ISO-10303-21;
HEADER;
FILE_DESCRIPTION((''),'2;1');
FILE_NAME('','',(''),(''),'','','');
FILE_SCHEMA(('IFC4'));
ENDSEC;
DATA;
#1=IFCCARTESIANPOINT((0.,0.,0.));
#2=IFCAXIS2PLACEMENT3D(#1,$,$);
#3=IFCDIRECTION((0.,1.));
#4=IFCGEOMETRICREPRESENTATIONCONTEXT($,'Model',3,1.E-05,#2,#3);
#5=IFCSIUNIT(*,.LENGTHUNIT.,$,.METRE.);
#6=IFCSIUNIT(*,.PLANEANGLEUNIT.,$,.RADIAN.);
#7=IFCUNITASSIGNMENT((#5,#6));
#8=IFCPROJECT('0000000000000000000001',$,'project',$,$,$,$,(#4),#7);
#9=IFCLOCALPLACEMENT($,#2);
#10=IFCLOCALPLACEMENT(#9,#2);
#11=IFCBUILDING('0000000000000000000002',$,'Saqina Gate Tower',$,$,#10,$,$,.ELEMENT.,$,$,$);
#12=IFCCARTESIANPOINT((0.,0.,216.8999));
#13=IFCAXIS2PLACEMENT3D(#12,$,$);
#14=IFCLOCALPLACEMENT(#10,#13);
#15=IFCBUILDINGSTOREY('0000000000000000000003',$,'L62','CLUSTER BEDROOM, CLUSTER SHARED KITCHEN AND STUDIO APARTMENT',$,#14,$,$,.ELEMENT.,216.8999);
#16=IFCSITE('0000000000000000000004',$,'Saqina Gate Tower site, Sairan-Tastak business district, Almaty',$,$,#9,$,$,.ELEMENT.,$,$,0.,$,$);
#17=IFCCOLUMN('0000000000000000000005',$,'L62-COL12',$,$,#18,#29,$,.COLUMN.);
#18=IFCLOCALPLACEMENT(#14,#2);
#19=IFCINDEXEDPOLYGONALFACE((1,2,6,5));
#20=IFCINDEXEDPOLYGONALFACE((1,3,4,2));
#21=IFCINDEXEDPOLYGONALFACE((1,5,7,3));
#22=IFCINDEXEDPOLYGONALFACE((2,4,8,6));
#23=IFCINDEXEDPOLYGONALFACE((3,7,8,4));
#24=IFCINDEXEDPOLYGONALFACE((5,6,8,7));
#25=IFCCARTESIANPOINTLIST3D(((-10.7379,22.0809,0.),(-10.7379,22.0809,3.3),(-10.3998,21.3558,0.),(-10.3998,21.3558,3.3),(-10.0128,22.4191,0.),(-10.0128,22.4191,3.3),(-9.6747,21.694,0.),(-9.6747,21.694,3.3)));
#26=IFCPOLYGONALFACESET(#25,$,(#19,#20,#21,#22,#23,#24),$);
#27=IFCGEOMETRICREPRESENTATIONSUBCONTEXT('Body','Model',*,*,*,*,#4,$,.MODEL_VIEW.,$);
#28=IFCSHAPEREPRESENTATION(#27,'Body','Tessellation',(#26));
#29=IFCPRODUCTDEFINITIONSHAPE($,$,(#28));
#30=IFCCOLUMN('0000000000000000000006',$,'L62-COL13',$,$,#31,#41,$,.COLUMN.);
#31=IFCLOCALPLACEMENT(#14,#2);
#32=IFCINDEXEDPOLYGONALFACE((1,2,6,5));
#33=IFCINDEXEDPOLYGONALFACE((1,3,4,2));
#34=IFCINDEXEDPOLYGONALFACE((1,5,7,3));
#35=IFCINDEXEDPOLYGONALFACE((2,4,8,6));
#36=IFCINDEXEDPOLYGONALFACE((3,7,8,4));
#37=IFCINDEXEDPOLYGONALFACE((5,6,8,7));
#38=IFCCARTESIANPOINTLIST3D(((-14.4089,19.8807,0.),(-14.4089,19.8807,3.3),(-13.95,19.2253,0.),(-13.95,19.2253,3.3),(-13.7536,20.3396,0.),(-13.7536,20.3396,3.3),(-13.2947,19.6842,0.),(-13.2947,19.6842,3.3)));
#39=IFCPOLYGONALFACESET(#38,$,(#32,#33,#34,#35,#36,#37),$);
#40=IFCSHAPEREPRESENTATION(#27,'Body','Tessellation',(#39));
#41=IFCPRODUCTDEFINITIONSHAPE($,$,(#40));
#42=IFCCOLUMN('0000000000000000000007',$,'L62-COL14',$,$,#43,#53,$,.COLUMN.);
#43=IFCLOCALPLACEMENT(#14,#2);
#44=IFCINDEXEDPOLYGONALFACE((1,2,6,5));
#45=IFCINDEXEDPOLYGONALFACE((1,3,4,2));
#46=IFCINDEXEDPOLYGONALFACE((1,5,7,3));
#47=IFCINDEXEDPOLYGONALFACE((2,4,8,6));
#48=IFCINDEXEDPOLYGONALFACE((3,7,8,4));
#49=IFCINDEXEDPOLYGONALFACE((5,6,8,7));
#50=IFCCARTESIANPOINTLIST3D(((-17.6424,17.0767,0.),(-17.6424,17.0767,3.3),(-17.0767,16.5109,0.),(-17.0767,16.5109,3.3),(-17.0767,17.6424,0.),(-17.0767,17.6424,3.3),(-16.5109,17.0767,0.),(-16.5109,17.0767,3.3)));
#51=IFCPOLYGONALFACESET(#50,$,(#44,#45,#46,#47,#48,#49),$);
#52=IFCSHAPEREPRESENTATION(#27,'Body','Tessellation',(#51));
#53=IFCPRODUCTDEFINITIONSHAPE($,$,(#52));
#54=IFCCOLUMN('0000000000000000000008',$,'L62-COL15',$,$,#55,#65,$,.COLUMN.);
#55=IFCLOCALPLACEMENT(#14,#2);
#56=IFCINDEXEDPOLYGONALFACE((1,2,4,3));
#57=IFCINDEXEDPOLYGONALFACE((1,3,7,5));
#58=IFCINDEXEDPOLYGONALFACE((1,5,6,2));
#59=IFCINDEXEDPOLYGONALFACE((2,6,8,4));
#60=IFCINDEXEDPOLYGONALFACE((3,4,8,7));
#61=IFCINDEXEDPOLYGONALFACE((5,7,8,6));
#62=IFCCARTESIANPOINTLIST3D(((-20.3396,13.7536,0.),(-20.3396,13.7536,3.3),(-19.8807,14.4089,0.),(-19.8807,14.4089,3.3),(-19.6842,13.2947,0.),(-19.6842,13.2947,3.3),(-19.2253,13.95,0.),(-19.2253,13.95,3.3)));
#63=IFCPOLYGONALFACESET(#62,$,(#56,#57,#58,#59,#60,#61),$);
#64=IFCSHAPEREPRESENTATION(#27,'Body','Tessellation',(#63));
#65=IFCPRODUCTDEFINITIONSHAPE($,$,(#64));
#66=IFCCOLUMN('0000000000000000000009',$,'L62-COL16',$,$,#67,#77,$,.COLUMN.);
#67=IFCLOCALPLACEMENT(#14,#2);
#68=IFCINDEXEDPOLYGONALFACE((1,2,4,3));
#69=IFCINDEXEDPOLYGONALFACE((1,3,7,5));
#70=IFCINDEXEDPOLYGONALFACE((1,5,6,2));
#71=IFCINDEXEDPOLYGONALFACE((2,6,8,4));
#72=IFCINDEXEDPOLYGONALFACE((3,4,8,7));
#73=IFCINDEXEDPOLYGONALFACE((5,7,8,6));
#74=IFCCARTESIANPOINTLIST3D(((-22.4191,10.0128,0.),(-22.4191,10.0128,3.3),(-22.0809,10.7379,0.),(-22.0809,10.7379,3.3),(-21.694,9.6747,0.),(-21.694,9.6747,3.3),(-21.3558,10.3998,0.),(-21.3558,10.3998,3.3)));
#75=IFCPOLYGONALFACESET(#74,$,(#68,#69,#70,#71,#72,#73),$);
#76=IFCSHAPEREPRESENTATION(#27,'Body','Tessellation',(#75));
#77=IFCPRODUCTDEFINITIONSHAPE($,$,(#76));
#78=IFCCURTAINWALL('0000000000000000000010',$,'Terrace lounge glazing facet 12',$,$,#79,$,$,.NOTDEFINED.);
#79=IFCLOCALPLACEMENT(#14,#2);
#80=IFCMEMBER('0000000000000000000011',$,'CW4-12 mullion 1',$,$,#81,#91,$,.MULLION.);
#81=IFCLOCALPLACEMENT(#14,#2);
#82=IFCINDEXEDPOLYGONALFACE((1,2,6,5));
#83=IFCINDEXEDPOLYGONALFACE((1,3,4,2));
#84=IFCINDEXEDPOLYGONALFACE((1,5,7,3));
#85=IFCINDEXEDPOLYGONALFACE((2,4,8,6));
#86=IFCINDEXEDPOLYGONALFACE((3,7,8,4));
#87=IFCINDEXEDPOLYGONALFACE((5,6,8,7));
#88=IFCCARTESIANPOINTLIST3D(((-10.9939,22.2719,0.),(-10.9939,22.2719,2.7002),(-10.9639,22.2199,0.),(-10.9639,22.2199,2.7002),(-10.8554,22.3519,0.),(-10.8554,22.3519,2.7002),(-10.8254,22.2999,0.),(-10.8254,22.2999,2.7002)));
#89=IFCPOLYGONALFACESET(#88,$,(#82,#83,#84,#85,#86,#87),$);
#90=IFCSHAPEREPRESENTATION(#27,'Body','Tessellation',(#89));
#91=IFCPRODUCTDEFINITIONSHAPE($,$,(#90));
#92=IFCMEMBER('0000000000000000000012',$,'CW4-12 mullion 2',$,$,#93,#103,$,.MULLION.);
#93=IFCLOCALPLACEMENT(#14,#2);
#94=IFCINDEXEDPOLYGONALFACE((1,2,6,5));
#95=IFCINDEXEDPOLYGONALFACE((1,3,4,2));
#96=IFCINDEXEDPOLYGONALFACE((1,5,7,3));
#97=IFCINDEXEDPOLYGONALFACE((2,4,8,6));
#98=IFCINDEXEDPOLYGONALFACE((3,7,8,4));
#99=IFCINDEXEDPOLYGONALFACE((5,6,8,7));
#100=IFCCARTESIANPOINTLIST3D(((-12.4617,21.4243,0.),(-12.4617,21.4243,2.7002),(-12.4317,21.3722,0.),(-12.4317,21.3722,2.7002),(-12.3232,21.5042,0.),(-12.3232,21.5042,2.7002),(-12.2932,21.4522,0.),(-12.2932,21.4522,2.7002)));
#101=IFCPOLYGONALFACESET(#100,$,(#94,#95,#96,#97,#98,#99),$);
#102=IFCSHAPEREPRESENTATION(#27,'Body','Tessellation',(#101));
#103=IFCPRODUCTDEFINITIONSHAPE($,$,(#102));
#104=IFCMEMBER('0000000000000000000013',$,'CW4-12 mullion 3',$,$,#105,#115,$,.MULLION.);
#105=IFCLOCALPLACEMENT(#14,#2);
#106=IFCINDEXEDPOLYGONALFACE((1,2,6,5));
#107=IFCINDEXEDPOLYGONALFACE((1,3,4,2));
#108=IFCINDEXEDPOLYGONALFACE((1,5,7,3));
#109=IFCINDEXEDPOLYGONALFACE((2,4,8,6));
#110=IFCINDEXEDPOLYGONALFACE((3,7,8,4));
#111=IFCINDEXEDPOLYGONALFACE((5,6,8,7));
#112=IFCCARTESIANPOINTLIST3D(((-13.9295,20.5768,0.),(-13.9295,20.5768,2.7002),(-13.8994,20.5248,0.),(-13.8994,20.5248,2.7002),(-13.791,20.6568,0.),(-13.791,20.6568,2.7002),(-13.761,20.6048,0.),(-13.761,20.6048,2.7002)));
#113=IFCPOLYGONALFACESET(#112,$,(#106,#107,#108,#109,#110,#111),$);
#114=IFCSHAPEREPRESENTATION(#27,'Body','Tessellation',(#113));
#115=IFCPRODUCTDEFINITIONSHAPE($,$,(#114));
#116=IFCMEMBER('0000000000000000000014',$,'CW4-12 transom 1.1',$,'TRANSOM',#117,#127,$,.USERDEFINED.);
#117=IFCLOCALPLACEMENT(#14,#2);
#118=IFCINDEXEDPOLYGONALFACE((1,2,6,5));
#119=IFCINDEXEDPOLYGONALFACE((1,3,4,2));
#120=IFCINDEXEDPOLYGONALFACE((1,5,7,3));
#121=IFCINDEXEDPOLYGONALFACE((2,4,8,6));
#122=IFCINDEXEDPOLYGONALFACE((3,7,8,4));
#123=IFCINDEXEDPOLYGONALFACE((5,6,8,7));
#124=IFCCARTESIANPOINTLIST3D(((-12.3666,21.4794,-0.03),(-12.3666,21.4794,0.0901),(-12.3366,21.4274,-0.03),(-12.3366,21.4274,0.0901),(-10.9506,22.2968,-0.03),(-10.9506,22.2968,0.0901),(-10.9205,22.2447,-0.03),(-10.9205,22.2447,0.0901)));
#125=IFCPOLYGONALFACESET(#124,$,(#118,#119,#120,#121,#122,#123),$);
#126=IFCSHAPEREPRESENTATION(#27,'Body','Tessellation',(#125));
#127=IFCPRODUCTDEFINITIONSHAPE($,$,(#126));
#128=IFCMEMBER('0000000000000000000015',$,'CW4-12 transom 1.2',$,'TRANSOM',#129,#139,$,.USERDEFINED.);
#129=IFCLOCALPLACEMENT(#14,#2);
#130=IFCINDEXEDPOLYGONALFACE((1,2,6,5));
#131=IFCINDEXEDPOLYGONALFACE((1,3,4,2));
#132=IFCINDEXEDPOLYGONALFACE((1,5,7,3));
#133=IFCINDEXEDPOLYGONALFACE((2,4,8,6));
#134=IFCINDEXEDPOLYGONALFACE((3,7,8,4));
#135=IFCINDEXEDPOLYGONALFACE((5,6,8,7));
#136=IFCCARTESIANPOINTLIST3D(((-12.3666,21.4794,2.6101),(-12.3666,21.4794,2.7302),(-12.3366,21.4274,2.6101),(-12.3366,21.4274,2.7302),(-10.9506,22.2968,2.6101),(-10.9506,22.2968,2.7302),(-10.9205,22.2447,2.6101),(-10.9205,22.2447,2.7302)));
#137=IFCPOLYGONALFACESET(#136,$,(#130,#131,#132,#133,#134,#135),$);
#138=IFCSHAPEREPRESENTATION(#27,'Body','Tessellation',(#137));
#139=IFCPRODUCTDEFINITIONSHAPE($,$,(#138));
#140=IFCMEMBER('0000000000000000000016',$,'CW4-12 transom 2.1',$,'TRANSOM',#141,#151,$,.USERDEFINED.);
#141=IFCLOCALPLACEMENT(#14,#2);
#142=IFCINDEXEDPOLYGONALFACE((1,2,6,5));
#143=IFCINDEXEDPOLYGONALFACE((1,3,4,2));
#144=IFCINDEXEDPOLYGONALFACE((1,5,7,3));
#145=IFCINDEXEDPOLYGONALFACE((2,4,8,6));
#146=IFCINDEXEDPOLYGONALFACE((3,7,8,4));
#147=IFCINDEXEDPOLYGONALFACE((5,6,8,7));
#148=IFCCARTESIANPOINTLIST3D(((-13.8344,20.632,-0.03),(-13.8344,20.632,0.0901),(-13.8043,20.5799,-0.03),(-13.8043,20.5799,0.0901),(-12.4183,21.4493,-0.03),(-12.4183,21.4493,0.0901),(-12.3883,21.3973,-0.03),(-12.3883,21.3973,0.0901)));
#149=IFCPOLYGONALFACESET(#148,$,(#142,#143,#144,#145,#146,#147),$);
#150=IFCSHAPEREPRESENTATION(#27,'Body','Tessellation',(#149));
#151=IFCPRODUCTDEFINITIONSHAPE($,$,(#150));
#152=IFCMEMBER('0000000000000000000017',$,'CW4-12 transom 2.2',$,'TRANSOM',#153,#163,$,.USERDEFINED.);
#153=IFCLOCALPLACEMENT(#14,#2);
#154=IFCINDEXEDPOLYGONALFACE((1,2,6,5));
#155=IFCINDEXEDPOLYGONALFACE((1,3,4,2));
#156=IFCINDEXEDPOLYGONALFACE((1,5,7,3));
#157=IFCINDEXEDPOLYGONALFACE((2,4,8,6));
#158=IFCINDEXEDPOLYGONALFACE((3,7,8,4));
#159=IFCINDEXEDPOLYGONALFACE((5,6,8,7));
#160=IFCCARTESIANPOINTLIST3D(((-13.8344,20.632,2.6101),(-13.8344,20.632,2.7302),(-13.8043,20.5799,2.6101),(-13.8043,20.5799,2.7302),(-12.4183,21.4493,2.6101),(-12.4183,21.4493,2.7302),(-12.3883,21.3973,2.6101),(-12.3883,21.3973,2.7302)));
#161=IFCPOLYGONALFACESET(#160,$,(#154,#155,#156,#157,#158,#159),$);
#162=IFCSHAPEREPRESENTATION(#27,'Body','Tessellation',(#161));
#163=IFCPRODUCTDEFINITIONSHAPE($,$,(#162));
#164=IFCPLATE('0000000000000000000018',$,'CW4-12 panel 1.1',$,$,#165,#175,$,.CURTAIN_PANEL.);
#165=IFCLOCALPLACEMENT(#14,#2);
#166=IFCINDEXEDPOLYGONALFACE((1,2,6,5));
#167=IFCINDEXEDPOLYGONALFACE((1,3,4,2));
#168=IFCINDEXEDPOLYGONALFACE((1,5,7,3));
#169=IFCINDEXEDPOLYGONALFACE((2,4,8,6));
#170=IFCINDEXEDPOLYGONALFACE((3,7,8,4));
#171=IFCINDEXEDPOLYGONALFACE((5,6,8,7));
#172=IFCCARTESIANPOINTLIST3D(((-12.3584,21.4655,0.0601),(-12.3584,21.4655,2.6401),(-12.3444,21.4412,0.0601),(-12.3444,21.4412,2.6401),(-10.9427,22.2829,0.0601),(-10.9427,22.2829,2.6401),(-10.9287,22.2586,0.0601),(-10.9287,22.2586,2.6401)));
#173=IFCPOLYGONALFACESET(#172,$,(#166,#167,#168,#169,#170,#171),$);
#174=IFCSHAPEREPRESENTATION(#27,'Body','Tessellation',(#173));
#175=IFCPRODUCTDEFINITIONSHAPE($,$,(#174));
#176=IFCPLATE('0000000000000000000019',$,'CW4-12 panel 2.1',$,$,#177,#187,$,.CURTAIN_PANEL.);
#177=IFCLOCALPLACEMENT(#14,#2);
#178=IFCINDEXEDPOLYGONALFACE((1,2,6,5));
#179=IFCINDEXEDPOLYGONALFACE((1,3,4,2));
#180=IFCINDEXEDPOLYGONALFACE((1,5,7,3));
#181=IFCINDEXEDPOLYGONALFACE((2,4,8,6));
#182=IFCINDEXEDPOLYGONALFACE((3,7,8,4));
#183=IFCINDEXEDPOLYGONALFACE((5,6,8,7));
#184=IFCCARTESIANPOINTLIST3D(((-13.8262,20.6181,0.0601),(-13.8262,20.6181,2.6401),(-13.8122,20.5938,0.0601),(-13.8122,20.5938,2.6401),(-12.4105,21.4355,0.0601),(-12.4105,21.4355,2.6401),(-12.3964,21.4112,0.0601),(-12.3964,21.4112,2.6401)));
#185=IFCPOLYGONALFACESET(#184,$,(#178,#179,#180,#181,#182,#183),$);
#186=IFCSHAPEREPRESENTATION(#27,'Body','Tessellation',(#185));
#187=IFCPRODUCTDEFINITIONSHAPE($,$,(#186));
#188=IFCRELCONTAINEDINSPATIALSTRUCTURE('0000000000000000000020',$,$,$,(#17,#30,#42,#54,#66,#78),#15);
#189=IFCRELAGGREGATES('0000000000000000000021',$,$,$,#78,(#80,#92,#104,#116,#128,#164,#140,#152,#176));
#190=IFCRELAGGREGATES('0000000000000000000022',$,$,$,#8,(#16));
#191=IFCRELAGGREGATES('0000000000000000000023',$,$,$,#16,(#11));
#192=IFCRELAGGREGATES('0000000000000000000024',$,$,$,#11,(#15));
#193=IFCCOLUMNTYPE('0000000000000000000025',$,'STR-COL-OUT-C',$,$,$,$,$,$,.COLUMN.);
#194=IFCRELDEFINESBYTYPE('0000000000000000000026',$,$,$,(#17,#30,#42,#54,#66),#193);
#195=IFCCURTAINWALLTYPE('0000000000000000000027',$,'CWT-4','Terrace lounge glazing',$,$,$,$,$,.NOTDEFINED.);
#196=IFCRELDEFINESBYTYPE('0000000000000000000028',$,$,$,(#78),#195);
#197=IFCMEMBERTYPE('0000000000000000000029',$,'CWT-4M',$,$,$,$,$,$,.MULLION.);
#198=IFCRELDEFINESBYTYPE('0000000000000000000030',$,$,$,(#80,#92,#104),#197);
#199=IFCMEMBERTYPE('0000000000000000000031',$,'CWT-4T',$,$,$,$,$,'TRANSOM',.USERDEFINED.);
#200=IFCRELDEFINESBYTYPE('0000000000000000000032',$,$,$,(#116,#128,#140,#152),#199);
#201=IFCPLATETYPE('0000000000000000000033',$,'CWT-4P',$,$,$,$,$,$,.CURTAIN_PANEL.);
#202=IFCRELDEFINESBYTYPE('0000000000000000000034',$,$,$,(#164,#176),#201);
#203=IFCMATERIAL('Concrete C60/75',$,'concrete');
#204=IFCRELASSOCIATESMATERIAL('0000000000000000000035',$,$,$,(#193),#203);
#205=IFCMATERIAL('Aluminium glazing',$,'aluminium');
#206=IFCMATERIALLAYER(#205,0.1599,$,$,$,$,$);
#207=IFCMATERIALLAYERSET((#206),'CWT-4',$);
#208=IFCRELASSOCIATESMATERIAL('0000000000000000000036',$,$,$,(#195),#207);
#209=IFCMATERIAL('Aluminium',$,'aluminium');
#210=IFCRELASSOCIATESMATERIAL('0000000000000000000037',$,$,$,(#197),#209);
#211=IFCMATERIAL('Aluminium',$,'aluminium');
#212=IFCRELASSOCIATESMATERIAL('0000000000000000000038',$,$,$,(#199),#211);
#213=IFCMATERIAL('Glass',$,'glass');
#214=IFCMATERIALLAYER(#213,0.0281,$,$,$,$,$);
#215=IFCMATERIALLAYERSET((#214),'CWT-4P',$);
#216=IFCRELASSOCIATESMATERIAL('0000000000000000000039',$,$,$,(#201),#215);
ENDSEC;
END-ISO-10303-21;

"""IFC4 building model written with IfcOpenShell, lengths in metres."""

from ifc_helpers import new_model, si_unit, direction, frame, origin, origin_2d, place, context, subcontext, project, spatial, rectangle, extrude, material, layer, layer_set, material_profile, profile_set, type_object, element, aggregate, save


model = new_model("IFC4")

# Units and contexts
model_context = context("Model", 3, precision=1e-05, world=origin(), true_north=direction((0.0, 1.0)))
body_context = subcontext(model_context, "Body", "Model", "MODEL_VIEW")
ifc_project = project(units=[si_unit("LENGTHUNIT", "METRE"), si_unit("PLANEANGLEUNIT", "RADIAN")], contexts=[model_context])

# Site, building, storey
site_placement = place(None, origin())
site = spatial("IfcSite", under=ifc_project, at=site_placement, Name="Saqina Gate Tower site, Sairan-Tastak business district, Almaty", CompositionType="ELEMENT", RefElevation=0.0)
building_placement = place(site_placement, origin())
building = spatial("IfcBuilding", under=site, at=building_placement, Name="Saqina Gate Tower", CompositionType="ELEMENT")
storey_placement = place(building_placement, frame((0.0, 0.0, 216.8999)))
storey = spatial("IfcBuildingStorey", under=building, at=storey_placement, Name="L62", Description="CLUSTER BEDROOM, CLUSTER SHARED KITCHEN AND STUDIO APARTMENT", CompositionType="ELEMENT", Elevation=216.8999)

# Columns
ifc_material_1 = material(Name="Concrete C60/75", Category="concrete")
ifc_material_profile_1 = material_profile(ifc_material_1, rectangle(XDim=0.8, YDim=0.8, at=origin_2d()), Name="RC 800x800")
ifc_profile_set_1 = profile_set([ifc_material_profile_1], Name="Concrete C60/75")
column_type = type_object("IfcColumnType", Name="STR-COL-OUT-C", PredefinedType="COLUMN", material=ifc_profile_set_1)
for number, where, z_axis, x_axis, name in (
    (1, (-10.2063, 21.8875, 0.0), (0.0, 0.0, 1.0), (-0.422618, 0.906308, 0.0), "L62-COL12"),
    (2, (-13.8518, 19.7825, 0.0), (0.0, 0.0, 1.0), (-0.573576, 0.819152, 0.0), "L62-COL13"),
    (3, (-17.0767, 17.0767, 0.0), (0.0, 0.0, 1.0), (-0.707107, 0.707107, 0.0), "L62-COL14"),
    (4, (-19.7825, 13.8518, 0.0), (0.0, 0.0, 1.0), (-0.819152, 0.573576, 0.0), "L62-COL15"),
    (5, (-21.8875, 10.2063, 0.0), (0.0, 0.0, 1.0), (-0.906308, 0.422618, 0.0), "L62-COL16"),
):
    element("IfcColumn", number, at=place(storey_placement, frame(where, z_axis=z_axis, x_axis=x_axis)), inside=storey, type_object=column_type, Name=name, PredefinedType="COLUMN", context=body_context, shape_type="SweptSolid", body=[
        extrude(rectangle(XDim=0.8, YDim=0.8, at=origin_2d()), origin(), (0.0, 0.0, 1.0), 3.3),
    ])

# Curtain wall, members, plates
ifc_material_2 = material(Name="Aluminium glazing", Category="aluminium")
ifc_layer_1 = layer(ifc_material_2, 0.1599)
ifc_layer_set_1 = layer_set([ifc_layer_1], Name="CWT-4")
curtain_wall_type = type_object("IfcCurtainWallType", Name="CWT-4", Description="Terrace lounge glazing", PredefinedType="NOTDEFINED", material=ifc_layer_set_1)
curtain_wall_placement = place(storey_placement, origin())
curtain_wall = element("IfcCurtainWall", 6, at=curtain_wall_placement, inside=storey, type_object=curtain_wall_type, Name="Terrace lounge glazing facet 12", PredefinedType="NOTDEFINED")
ifc_material_3 = material(Name="Aluminium", Category="aluminium")
ifc_material_profile_2 = material_profile(ifc_material_3, rectangle(XDim=0.0601, YDim=0.1599, at=origin_2d()), Name="Aluminium 60x160")
ifc_profile_set_2 = profile_set([ifc_material_profile_2], Name="Aluminium")
member_type_1 = type_object("IfcMemberType", Name="CWT-4M", PredefinedType="MULLION", material=ifc_profile_set_2)
member_1_placement = place(storey_placement, frame((-10.9097, 22.2859, 0.0), z_axis=(0.0, 0.0, 1.0), x_axis=(0.500014, -0.866017, 0.0)))
member_1 = element("IfcMember", 7, at=member_1_placement, type_object=member_type_1, Name="CW4-12 mullion 1", PredefinedType="MULLION", context=body_context, shape_type="SweptSolid", body=[
    extrude(rectangle(XDim=0.0601, YDim=0.1599, at=origin_2d()), origin(), (0.0, 0.0, 1.0), 2.7002),
])
member_2_placement = place(storey_placement, frame((-12.3774, 21.4382, 0.0), z_axis=(0.0, 0.0, 1.0), x_axis=(0.500014, -0.866017, 0.0)))
member_2 = element("IfcMember", 8, at=member_2_placement, type_object=member_type_1, Name="CW4-12 mullion 2", PredefinedType="MULLION", context=body_context, shape_type="SweptSolid", body=[
    extrude(rectangle(XDim=0.0601, YDim=0.1599, at=origin_2d()), origin(), (0.0, 0.0, 1.0), 2.7002),
])
member_3_placement = place(storey_placement, frame((-13.8452, 20.5908, 0.0), z_axis=(0.0, 0.0, 1.0), x_axis=(0.500014, -0.866017, 0.0)))
member_3 = element("IfcMember", 9, at=member_3_placement, type_object=member_type_1, Name="CW4-12 mullion 3", PredefinedType="MULLION", context=body_context, shape_type="SweptSolid", body=[
    extrude(rectangle(XDim=0.0601, YDim=0.1599, at=origin_2d()), origin(), (0.0, 0.0, 1.0), 2.7002),
])
ifc_material_4 = material(Name="Aluminium", Category="aluminium")
ifc_material_profile_3 = material_profile(ifc_material_4, rectangle(XDim=0.0601, YDim=0.1201, at=origin_2d()), Name="Aluminium 60x120")
ifc_profile_set_3 = profile_set([ifc_material_profile_3], Name="Aluminium")
member_type_2 = type_object("IfcMemberType", Name="CWT-4T", ElementType="TRANSOM", PredefinedType="USERDEFINED", material=ifc_profile_set_3)
member_4_placement = place(storey_placement, frame((-10.9355, 22.2708, 0.03), z_axis=(-0.866066, -0.499929, 0.0), x_axis=(0.499929, -0.866066, 0.0)))
member_4 = element("IfcMember", 10, at=member_4_placement, type_object=member_type_2, Name="CW4-12 transom 1.1", ObjectType="TRANSOM", PredefinedType="USERDEFINED", context=body_context, shape_type="SweptSolid", body=[
    extrude(rectangle(XDim=0.0601, YDim=0.1201, at=origin_2d()), origin(), (0.0, 0.0, 1.0), 1.635),
])
member_5_placement = place(storey_placement, frame((-10.9355, 22.2708, 2.6702), z_axis=(-0.866066, -0.499929, 0.0), x_axis=(0.499929, -0.866066, 0.0)))
member_5 = element("IfcMember", 11, at=member_5_placement, type_object=member_type_2, Name="CW4-12 transom 1.2", ObjectType="TRANSOM", PredefinedType="USERDEFINED", context=body_context, shape_type="SweptSolid", body=[
    extrude(rectangle(XDim=0.0601, YDim=0.1201, at=origin_2d()), origin(), (0.0, 0.0, 1.0), 1.635),
])
member_6_placement = place(storey_placement, frame((-12.4033, 21.4233, 0.03), z_axis=(-0.866066, -0.499929, 0.0), x_axis=(0.499929, -0.866066, 0.0)))
member_6 = element("IfcMember", 12, at=member_6_placement, type_object=member_type_2, Name="CW4-12 transom 2.1", ObjectType="TRANSOM", PredefinedType="USERDEFINED", context=body_context, shape_type="SweptSolid", body=[
    extrude(rectangle(XDim=0.0601, YDim=0.1201, at=origin_2d()), origin(), (0.0, 0.0, 1.0), 1.635),
])
member_7_placement = place(storey_placement, frame((-12.4033, 21.4233, 2.6702), z_axis=(-0.866066, -0.499929, 0.0), x_axis=(0.499929, -0.866066, 0.0)))
member_7 = element("IfcMember", 13, at=member_7_placement, type_object=member_type_2, Name="CW4-12 transom 2.2", ObjectType="TRANSOM", PredefinedType="USERDEFINED", context=body_context, shape_type="SweptSolid", body=[
    extrude(rectangle(XDim=0.0601, YDim=0.1201, at=origin_2d()), origin(), (0.0, 0.0, 1.0), 1.635),
])
ifc_material_5 = material(Name="Glass", Category="glass")
ifc_layer_2 = layer(ifc_material_5, 0.0281)
ifc_layer_set_2 = layer_set([ifc_layer_2], Name="CWT-4P")
plate_type = type_object("IfcPlateType", Name="CWT-4P", PredefinedType="CURTAIN_PANEL", material=ifc_layer_set_2)
plate_1_placement = place(storey_placement, frame((-11.6436, 21.8621, 0.0601), z_axis=(0.0, 0.0, 1.0), x_axis=(-0.866017, -0.500014, 0.0)))
plate_1 = element("IfcPlate", 14, at=plate_1_placement, type_object=plate_type, Name="CW4-12 panel 1.1", PredefinedType="CURTAIN_PANEL", context=body_context, shape_type="SweptSolid", body=[
    extrude(rectangle(XDim=1.6348, YDim=0.0281, at=origin_2d()), origin(), (0.0, 0.0, 1.0), 2.5801),
])
plate_2_placement = place(storey_placement, frame((-13.1113, 21.0146, 0.0601), z_axis=(0.0, 0.0, 1.0), x_axis=(-0.866017, -0.500014, 0.0)))
plate_2 = element("IfcPlate", 15, at=plate_2_placement, type_object=plate_type, Name="CW4-12 panel 2.1", PredefinedType="CURTAIN_PANEL", context=body_context, shape_type="SweptSolid", body=[
    extrude(rectangle(XDim=1.6348, YDim=0.0281, at=origin_2d()), origin(), (0.0, 0.0, 1.0), 2.5801),
])
aggregate(curtain_wall, [member_1, member_2, member_3, member_4, member_5, plate_1, member_6, member_7, plate_2])

save(model, "model.ifc")
